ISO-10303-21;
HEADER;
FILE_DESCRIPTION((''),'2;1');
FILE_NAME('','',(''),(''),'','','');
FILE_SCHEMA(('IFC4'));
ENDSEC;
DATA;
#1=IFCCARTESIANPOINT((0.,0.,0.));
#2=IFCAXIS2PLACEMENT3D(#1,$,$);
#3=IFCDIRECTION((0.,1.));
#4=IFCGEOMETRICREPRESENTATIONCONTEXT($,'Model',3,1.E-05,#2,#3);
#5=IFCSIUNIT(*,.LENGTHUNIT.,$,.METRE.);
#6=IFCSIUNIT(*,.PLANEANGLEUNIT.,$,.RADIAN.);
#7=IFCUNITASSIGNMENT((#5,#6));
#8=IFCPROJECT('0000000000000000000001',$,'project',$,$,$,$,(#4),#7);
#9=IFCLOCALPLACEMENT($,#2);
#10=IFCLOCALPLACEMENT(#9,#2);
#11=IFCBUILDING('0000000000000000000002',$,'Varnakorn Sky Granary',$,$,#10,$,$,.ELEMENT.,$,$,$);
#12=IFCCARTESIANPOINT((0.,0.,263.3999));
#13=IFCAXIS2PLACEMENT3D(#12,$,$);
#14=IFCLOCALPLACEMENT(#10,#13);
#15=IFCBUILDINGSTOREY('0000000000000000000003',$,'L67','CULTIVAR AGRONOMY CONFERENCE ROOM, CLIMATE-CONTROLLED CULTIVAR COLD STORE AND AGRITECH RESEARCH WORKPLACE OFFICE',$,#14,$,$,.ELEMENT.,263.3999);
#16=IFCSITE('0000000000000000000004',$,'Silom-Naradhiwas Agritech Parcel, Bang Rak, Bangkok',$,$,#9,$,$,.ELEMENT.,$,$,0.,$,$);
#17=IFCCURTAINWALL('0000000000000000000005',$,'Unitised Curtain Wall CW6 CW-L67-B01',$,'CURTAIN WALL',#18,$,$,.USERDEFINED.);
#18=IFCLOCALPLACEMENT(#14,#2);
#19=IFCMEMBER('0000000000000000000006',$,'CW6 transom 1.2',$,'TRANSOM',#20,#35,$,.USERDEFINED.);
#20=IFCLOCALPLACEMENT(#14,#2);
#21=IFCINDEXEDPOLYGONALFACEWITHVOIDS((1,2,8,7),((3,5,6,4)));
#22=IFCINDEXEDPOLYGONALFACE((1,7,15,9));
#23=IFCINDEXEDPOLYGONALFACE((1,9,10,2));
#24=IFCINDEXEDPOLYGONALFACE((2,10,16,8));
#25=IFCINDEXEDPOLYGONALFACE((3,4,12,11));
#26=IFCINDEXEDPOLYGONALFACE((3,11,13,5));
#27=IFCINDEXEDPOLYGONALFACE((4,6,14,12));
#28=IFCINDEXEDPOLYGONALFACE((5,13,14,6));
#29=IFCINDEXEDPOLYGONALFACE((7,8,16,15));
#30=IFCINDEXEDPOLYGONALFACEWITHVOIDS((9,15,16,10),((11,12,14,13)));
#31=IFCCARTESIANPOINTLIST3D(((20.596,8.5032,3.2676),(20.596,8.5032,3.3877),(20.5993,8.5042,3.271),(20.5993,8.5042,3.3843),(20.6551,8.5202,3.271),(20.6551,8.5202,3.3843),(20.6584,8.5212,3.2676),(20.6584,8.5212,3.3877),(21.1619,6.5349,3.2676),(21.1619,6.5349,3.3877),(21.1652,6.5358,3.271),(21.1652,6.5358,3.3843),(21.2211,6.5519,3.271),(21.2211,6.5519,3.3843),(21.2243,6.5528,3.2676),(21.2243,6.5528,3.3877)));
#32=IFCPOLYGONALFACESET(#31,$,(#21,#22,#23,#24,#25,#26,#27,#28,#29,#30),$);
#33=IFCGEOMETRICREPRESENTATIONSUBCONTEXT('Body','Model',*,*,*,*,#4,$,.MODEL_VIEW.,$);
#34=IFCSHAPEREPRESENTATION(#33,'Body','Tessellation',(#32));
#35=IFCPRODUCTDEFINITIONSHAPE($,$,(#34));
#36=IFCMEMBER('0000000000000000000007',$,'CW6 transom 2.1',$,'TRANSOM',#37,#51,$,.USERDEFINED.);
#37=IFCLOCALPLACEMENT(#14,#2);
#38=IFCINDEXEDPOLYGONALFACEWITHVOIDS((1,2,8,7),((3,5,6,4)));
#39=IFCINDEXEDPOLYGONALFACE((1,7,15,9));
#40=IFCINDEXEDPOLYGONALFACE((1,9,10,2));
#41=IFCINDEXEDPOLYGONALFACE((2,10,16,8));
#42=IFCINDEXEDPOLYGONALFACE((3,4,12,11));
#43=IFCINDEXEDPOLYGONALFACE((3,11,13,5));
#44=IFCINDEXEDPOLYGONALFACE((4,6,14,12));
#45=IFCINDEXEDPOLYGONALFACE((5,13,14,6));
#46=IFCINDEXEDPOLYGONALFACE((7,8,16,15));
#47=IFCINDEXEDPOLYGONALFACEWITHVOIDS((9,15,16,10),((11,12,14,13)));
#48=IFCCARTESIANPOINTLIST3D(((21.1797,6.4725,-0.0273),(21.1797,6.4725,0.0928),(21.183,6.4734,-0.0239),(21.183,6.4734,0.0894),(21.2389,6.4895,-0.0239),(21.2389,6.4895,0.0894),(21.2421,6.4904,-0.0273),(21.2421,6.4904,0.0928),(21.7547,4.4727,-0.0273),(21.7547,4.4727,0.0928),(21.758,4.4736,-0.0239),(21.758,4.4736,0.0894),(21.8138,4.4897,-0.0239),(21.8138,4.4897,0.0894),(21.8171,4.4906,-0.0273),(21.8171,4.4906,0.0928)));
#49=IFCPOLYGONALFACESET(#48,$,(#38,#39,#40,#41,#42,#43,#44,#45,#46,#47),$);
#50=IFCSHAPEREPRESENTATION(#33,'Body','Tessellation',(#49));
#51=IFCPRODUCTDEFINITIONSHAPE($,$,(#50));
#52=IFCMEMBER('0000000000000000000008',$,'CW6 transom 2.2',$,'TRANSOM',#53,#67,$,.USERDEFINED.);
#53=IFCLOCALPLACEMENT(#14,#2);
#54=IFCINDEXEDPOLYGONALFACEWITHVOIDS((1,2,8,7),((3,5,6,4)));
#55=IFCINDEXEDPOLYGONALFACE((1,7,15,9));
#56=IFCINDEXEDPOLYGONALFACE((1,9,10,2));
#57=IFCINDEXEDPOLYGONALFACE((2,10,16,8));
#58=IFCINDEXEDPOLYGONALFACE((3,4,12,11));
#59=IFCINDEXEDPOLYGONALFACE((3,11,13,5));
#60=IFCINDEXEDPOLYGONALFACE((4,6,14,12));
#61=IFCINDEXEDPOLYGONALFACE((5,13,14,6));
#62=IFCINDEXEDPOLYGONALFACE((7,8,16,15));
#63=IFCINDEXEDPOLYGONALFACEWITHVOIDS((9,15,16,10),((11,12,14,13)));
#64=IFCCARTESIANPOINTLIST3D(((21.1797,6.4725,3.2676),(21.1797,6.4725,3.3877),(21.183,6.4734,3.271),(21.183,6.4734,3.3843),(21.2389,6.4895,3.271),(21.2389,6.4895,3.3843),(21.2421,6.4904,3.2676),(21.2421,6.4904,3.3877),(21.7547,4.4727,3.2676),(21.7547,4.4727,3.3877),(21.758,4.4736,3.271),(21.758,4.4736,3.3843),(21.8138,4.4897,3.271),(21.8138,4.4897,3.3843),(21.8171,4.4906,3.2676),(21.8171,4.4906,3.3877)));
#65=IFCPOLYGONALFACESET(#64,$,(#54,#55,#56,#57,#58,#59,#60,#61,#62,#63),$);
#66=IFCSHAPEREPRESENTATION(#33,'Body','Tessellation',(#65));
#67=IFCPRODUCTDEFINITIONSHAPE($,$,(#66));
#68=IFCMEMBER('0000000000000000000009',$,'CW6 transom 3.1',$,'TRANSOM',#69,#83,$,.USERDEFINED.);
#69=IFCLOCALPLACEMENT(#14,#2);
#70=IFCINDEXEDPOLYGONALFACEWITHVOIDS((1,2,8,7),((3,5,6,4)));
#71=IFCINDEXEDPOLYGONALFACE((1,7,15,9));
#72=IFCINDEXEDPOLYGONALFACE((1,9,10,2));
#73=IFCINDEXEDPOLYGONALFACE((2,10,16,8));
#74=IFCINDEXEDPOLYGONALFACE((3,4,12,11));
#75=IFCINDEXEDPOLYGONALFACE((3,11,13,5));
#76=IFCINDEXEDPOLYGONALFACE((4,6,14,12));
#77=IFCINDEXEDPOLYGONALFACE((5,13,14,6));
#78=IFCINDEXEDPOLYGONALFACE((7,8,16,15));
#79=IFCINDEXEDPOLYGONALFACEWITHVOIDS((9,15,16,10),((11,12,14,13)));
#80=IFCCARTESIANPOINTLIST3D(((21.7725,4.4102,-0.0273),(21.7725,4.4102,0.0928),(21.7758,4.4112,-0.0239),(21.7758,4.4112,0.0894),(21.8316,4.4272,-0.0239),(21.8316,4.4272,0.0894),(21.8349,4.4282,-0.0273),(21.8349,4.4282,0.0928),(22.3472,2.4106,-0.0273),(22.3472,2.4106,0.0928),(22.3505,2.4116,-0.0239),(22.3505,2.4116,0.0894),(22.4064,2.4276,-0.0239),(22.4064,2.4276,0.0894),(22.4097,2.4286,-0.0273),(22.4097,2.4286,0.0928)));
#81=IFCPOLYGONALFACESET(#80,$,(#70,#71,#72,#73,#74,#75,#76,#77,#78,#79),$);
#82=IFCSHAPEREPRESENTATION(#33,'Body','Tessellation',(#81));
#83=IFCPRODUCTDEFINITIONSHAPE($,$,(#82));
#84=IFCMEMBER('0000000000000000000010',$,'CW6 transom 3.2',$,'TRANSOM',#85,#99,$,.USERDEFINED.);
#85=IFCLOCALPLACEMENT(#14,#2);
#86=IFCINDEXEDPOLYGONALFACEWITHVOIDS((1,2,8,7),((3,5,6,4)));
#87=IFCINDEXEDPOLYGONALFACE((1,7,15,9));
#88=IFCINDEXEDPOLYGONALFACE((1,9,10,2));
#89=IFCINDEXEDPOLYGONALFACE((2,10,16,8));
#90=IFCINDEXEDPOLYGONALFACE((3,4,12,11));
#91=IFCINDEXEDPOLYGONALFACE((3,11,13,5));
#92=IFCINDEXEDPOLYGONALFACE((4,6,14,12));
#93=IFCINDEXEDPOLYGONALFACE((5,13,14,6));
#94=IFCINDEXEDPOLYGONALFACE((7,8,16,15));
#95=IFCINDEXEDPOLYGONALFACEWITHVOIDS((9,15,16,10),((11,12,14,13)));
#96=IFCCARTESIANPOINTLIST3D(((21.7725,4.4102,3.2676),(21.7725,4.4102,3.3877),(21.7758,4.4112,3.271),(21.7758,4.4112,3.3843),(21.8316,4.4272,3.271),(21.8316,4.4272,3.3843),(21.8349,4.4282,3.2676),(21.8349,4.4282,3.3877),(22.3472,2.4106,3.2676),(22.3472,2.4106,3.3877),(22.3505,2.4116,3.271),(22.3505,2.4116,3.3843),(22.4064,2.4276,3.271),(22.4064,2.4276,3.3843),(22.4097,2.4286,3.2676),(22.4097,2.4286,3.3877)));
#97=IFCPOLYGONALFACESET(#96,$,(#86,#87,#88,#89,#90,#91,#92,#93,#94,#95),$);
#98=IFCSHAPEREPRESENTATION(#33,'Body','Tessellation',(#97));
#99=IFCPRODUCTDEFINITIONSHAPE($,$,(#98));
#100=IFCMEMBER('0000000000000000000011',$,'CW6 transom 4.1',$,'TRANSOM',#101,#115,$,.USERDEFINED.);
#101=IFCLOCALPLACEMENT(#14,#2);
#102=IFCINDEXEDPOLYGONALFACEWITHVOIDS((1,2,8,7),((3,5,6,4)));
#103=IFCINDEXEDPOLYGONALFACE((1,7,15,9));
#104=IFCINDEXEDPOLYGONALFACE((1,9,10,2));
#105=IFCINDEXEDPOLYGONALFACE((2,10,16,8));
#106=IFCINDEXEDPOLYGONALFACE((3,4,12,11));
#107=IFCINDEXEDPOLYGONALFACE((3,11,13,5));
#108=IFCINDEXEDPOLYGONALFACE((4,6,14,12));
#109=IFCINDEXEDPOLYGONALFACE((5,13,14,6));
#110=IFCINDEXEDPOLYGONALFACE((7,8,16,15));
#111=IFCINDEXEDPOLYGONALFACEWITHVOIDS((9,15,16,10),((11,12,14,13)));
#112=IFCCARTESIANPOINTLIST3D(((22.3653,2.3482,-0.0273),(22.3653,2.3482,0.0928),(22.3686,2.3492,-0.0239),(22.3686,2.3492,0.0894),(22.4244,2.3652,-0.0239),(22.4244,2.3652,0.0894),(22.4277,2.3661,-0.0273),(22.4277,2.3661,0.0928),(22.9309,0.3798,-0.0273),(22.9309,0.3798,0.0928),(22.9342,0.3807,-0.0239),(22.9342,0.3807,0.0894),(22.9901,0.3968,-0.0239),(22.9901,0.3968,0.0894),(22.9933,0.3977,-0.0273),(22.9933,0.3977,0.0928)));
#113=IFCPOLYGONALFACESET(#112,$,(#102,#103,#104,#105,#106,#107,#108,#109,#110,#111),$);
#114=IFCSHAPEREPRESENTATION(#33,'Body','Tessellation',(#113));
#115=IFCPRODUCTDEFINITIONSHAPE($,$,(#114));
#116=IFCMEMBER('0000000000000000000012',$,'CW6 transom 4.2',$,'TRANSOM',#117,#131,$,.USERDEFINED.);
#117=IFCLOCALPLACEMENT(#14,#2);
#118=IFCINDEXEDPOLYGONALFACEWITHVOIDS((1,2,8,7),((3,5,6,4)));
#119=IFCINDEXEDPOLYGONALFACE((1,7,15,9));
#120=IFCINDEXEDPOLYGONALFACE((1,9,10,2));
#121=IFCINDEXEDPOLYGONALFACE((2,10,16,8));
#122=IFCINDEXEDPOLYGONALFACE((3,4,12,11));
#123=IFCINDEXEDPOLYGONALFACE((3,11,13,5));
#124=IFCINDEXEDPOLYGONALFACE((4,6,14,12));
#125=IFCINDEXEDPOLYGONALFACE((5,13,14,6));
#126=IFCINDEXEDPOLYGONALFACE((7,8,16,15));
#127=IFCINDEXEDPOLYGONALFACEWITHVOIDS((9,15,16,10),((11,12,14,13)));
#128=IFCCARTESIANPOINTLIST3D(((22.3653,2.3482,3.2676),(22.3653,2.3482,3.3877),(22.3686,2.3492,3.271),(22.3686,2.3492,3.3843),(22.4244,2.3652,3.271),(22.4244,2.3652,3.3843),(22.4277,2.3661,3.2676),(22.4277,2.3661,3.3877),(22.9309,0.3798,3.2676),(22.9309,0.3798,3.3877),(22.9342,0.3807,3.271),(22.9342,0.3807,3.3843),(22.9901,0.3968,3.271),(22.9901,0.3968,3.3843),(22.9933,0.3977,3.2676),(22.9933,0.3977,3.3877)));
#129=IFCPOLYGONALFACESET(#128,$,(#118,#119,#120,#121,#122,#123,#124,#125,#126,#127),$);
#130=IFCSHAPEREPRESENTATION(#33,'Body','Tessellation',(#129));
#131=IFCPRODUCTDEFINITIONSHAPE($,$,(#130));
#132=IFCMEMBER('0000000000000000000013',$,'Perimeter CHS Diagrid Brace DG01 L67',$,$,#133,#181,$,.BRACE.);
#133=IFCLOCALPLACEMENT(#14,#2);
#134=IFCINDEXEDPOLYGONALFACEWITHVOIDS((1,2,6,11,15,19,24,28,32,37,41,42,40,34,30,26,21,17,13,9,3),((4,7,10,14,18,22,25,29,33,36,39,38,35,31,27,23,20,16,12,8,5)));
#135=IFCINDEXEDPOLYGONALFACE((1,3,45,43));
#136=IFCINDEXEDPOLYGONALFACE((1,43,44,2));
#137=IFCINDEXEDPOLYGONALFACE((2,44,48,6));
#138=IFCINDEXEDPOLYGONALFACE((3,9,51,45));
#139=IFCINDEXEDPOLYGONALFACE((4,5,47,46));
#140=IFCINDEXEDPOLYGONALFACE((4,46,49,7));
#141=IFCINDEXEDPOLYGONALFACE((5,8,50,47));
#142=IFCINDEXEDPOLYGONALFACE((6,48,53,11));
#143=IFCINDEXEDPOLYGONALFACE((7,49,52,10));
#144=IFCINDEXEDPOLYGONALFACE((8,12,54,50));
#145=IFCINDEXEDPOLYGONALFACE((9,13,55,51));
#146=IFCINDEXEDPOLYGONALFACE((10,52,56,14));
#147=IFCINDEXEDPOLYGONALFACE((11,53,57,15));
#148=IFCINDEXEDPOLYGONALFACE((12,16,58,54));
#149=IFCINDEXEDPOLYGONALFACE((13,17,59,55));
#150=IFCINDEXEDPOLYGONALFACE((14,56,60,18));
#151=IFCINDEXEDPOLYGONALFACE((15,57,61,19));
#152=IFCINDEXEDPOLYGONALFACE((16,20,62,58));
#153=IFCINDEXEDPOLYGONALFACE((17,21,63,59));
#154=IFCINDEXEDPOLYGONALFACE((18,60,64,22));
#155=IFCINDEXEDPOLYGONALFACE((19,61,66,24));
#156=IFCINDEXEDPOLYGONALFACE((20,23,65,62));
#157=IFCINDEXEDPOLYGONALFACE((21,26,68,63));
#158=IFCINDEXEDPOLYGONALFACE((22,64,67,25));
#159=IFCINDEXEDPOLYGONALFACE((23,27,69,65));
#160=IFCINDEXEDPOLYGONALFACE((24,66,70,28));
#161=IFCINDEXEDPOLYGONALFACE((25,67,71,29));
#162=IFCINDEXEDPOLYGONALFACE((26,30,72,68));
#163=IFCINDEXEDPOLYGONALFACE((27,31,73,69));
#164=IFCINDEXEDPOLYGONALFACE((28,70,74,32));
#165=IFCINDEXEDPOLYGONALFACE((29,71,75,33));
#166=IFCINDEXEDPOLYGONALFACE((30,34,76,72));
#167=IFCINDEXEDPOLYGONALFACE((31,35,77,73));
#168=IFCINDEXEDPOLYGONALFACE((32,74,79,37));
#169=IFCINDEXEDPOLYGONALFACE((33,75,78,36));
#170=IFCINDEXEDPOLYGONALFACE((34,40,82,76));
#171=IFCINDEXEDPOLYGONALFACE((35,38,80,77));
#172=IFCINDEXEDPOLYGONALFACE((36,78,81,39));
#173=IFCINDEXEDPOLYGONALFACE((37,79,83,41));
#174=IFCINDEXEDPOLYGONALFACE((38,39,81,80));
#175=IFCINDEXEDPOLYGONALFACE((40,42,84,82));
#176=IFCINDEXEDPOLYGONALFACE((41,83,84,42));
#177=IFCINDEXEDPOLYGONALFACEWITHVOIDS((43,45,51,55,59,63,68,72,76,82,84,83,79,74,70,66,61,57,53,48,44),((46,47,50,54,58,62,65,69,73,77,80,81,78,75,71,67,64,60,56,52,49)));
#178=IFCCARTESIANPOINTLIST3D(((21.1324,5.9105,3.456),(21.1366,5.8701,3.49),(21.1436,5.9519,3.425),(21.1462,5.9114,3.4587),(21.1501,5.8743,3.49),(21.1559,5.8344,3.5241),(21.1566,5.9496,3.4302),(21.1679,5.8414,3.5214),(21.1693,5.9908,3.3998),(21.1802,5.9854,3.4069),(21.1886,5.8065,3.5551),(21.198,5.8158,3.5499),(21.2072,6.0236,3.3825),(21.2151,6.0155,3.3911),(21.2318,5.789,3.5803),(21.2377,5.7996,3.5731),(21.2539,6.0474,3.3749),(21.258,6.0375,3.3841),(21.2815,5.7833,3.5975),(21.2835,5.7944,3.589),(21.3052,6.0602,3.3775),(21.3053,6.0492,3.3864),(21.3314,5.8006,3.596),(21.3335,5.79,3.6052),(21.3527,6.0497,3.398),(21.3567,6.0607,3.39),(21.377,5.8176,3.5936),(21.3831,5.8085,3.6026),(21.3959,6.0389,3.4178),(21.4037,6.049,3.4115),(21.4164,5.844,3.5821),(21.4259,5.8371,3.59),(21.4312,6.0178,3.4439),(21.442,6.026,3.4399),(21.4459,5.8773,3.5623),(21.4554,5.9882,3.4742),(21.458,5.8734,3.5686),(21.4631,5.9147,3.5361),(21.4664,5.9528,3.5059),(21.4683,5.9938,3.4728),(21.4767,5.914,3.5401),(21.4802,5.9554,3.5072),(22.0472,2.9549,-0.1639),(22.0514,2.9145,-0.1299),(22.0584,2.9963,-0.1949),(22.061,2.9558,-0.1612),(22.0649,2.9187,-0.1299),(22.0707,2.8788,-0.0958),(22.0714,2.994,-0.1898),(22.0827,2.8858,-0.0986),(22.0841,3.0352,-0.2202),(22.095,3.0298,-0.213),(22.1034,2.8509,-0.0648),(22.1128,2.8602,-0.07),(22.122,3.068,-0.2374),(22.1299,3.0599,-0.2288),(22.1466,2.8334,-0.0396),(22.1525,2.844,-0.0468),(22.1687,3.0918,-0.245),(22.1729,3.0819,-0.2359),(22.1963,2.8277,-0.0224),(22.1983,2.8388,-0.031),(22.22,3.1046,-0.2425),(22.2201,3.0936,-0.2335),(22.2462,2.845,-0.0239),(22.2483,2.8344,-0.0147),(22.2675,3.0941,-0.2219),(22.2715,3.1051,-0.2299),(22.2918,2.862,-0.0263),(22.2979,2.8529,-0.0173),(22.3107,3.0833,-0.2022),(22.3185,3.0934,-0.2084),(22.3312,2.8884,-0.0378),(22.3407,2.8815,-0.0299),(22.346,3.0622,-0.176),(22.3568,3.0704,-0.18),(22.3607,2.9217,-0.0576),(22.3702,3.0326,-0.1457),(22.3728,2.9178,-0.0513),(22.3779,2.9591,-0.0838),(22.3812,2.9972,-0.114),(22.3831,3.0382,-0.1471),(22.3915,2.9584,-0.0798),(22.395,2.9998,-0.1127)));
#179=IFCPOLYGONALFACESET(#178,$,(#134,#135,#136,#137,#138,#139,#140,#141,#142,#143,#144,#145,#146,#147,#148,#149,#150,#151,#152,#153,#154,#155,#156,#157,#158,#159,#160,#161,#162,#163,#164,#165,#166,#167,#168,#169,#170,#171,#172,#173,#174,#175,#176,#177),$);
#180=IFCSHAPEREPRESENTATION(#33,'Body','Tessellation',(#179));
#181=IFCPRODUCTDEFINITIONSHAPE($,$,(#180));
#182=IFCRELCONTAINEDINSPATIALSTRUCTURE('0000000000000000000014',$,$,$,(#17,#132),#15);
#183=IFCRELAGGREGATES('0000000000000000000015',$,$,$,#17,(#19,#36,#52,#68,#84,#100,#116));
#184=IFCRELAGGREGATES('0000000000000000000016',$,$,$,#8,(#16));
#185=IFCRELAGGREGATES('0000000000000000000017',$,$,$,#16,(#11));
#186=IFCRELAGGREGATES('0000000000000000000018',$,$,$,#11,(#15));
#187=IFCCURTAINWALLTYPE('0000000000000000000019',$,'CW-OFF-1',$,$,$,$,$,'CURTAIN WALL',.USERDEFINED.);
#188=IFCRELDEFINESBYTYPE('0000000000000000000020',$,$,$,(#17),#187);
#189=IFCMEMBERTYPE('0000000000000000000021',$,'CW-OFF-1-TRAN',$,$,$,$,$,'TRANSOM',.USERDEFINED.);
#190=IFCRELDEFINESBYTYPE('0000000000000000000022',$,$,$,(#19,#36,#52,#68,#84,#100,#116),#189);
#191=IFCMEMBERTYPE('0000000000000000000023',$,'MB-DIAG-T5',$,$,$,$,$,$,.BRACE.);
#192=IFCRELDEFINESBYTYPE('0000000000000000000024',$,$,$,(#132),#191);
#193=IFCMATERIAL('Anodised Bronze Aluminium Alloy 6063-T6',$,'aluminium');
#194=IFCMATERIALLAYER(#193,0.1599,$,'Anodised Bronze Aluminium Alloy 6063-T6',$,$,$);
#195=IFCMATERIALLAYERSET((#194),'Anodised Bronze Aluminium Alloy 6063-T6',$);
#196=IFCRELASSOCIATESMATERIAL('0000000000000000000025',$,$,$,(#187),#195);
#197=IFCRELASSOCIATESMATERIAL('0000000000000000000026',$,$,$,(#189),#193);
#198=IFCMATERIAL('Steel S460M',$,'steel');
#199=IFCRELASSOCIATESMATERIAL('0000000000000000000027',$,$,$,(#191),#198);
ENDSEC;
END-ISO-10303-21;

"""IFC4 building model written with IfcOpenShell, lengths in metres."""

from ifc_helpers import new_model, si_unit, direction, frame, origin, origin_2d, place, context, subcontext, project, spatial, hollow_rectangle, hollow_circle, extrude, material, layer, layer_set, material_profile, profile_set, type_object, element, aggregate, save


model = new_model("IFC4")

# Units and contexts
model_context = context("Model", 3, precision=1e-05, world=origin(), true_north=direction((0.0, 1.0)))
body_context = subcontext(model_context, "Body", "Model", "MODEL_VIEW")
ifc_project = project(units=[si_unit("LENGTHUNIT", "METRE"), si_unit("PLANEANGLEUNIT", "RADIAN")], contexts=[model_context])

# Site, building, storey
site_placement = place(None, origin())
site = spatial("IfcSite", under=ifc_project, at=site_placement, Name="Silom-Naradhiwas Agritech Parcel, Bang Rak, Bangkok", CompositionType="ELEMENT", RefElevation=0.0)
building_placement = place(site_placement, origin())
building = spatial("IfcBuilding", under=site, at=building_placement, Name="Varnakorn Sky Granary", CompositionType="ELEMENT")
storey_placement = place(building_placement, frame((0.0, 0.0, 263.3999)))
storey = spatial("IfcBuildingStorey", under=building, at=storey_placement, Name="L67", Description="CULTIVAR AGRONOMY CONFERENCE ROOM, CLIMATE-CONTROLLED CULTIVAR COLD STORE AND AGRITECH RESEARCH WORKPLACE OFFICE", CompositionType="ELEMENT", Elevation=263.3999)

# Shared definitions
ifc_material_1 = material(Name="Steel S460M", Category="steel")

# Curtain wall, members
ifc_material_2 = material(Name="Anodised Bronze Aluminium Alloy 6063-T6", Category="aluminium")
ifc_layer_1 = layer(ifc_material_2, 0.1599, Name="Anodised Bronze Aluminium Alloy 6063-T6")
ifc_layer_set_1 = layer_set([ifc_layer_1], Name="Anodised Bronze Aluminium Alloy 6063-T6")
curtain_wall_type = type_object("IfcCurtainWallType", Name="CW-OFF-1", ElementType="CURTAIN WALL", PredefinedType="USERDEFINED", material=ifc_layer_set_1)
curtain_wall_placement = place(storey_placement, origin())
curtain_wall = element("IfcCurtainWall", 1, at=curtain_wall_placement, inside=storey, type_object=curtain_wall_type, Name="Unitised Curtain Wall CW6 CW-L67-B01", ObjectType="CURTAIN WALL", PredefinedType="USERDEFINED")
ifc_material_profile_1 = material_profile(ifc_material_2, hollow_rectangle(XDim=0.0649, YDim=0.1201, WallThickness=0.0034, at=origin_2d()), Name="ALU TRAN 65x120")
ifc_profile_set_1 = profile_set([ifc_material_profile_1], Name="Anodised Bronze Aluminium Alloy 6063-T6")
member_type_1 = type_object("IfcMemberType", Name="CW-OFF-1-TRAN", ElementType="TRANSOM", PredefinedType="USERDEFINED", material=ifc_profile_set_1)
member_1_placement = place(storey_placement, frame((20.6272, 8.5122, 3.3276), z_axis=(0.276327, -0.961064, 0.0), x_axis=(0.961064, 0.276327, 0.0)))
member_1 = element("IfcMember", 2, at=member_1_placement, type_object=member_type_1, Name="CW6 transom 1.2", ObjectType="TRANSOM", PredefinedType="USERDEFINED", context=body_context, shape_type="SweptSolid", body=[
    extrude(hollow_rectangle(XDim=0.0649, YDim=0.1201, WallThickness=0.0034, at=origin_2d()), origin(), (0.0, 0.0, 1.0), 2.0481),
])
member_2_placement = place(storey_placement, frame((21.2109, 6.4814, 0.0327), z_axis=(0.276317, -0.961067, 0.0), x_axis=(0.961067, 0.276317, 0.0)))
member_2 = element("IfcMember", 3, at=member_2_placement, type_object=member_type_1, Name="CW6 transom 2.1", ObjectType="TRANSOM", PredefinedType="USERDEFINED", context=body_context, shape_type="SweptSolid", body=[
    extrude(hollow_rectangle(XDim=0.0649, YDim=0.1201, WallThickness=0.0034, at=origin_2d()), origin(), (0.0, 0.0, 1.0), 2.0808),
])
member_3_placement = place(storey_placement, frame((21.2109, 6.4814, 3.3276), z_axis=(0.276317, -0.961067, 0.0), x_axis=(0.961067, 0.276317, 0.0)))
member_3 = element("IfcMember", 4, at=member_3_placement, type_object=member_type_1, Name="CW6 transom 2.2", ObjectType="TRANSOM", PredefinedType="USERDEFINED", context=body_context, shape_type="SweptSolid", body=[
    extrude(hollow_rectangle(XDim=0.0649, YDim=0.1201, WallThickness=0.0034, at=origin_2d()), origin(), (0.0, 0.0, 1.0), 2.0808),
])
member_4_placement = place(storey_placement, frame((21.8037, 4.4192, 0.0327), z_axis=(0.27624, -0.961089, 0.0), x_axis=(0.961089, 0.27624, 0.0)))
member_4 = element("IfcMember", 5, at=member_4_placement, type_object=member_type_1, Name="CW6 transom 3.1", ObjectType="TRANSOM", PredefinedType="USERDEFINED", context=body_context, shape_type="SweptSolid", body=[
    extrude(hollow_rectangle(XDim=0.0649, YDim=0.1201, WallThickness=0.0034, at=origin_2d()), origin(), (0.0, 0.0, 1.0), 2.0806),
])
member_5_placement = place(storey_placement, frame((21.8037, 4.4192, 3.3276), z_axis=(0.27624, -0.961089, 0.0), x_axis=(0.961089, 0.27624, 0.0)))
member_5 = element("IfcMember", 6, at=member_5_placement, type_object=member_type_1, Name="CW6 transom 3.2", ObjectType="TRANSOM", PredefinedType="USERDEFINED", context=body_context, shape_type="SweptSolid", body=[
    extrude(hollow_rectangle(XDim=0.0649, YDim=0.1201, WallThickness=0.0034, at=origin_2d()), origin(), (0.0, 0.0, 1.0), 2.0806),
])
member_6_placement = place(storey_placement, frame((22.3965, 2.3572, 0.0327), z_axis=(0.276185, -0.961105, 0.0), x_axis=(0.961105, 0.276185, 0.0)))
member_6 = element("IfcMember", 7, at=member_6_placement, type_object=member_type_1, Name="CW6 transom 4.1", ObjectType="TRANSOM", PredefinedType="USERDEFINED", context=body_context, shape_type="SweptSolid", body=[
    extrude(hollow_rectangle(XDim=0.0649, YDim=0.1201, WallThickness=0.0034, at=origin_2d()), origin(), (0.0, 0.0, 1.0), 2.0481),
])
member_7_placement = place(storey_placement, frame((22.3965, 2.3572, 3.3276), z_axis=(0.276185, -0.961105, 0.0), x_axis=(0.961105, 0.276185, 0.0)))
member_7 = element("IfcMember", 8, at=member_7_placement, type_object=member_type_1, Name="CW6 transom 4.2", ObjectType="TRANSOM", PredefinedType="USERDEFINED", context=body_context, shape_type="SweptSolid", body=[
    extrude(hollow_rectangle(XDim=0.0649, YDim=0.1201, WallThickness=0.0034, at=origin_2d()), origin(), (0.0, 0.0, 1.0), 2.0481),
])

# Member
ifc_material_profile_2 = material_profile(ifc_material_1, hollow_circle(Radius=0.1777, WallThickness=0.0142, at=origin_2d()), Name="CHS 355.6x14")
ifc_profile_set_2 = profile_set([ifc_material_profile_2], Name="Steel S460M")
member_type_2 = type_object("IfcMemberType", Name="MB-DIAG-T5", PredefinedType="BRACE", material=ifc_profile_set_2)
member_8_placement = place(storey_placement, frame((22.2212, 2.967, -0.1299), z_axis=(-0.192107, 0.620669, 0.760174), x_axis=(-0.955288, -0.295677, 0.0)))
element("IfcMember", 9, at=member_8_placement, inside=storey, type_object=member_type_2, Name="Perimeter CHS Diagrid Brace DG01 L67", PredefinedType="BRACE", context=body_context, shape_type="SweptSolid", body=[
    extrude(hollow_circle(Radius=0.1777, WallThickness=0.0142, at=origin_2d()), origin(), (0.0, 0.0, 1.0), 4.762),
])

aggregate(curtain_wall, [member_1, member_2, member_3, member_4, member_5, member_6, member_7])

save(model, "model.ifc")
